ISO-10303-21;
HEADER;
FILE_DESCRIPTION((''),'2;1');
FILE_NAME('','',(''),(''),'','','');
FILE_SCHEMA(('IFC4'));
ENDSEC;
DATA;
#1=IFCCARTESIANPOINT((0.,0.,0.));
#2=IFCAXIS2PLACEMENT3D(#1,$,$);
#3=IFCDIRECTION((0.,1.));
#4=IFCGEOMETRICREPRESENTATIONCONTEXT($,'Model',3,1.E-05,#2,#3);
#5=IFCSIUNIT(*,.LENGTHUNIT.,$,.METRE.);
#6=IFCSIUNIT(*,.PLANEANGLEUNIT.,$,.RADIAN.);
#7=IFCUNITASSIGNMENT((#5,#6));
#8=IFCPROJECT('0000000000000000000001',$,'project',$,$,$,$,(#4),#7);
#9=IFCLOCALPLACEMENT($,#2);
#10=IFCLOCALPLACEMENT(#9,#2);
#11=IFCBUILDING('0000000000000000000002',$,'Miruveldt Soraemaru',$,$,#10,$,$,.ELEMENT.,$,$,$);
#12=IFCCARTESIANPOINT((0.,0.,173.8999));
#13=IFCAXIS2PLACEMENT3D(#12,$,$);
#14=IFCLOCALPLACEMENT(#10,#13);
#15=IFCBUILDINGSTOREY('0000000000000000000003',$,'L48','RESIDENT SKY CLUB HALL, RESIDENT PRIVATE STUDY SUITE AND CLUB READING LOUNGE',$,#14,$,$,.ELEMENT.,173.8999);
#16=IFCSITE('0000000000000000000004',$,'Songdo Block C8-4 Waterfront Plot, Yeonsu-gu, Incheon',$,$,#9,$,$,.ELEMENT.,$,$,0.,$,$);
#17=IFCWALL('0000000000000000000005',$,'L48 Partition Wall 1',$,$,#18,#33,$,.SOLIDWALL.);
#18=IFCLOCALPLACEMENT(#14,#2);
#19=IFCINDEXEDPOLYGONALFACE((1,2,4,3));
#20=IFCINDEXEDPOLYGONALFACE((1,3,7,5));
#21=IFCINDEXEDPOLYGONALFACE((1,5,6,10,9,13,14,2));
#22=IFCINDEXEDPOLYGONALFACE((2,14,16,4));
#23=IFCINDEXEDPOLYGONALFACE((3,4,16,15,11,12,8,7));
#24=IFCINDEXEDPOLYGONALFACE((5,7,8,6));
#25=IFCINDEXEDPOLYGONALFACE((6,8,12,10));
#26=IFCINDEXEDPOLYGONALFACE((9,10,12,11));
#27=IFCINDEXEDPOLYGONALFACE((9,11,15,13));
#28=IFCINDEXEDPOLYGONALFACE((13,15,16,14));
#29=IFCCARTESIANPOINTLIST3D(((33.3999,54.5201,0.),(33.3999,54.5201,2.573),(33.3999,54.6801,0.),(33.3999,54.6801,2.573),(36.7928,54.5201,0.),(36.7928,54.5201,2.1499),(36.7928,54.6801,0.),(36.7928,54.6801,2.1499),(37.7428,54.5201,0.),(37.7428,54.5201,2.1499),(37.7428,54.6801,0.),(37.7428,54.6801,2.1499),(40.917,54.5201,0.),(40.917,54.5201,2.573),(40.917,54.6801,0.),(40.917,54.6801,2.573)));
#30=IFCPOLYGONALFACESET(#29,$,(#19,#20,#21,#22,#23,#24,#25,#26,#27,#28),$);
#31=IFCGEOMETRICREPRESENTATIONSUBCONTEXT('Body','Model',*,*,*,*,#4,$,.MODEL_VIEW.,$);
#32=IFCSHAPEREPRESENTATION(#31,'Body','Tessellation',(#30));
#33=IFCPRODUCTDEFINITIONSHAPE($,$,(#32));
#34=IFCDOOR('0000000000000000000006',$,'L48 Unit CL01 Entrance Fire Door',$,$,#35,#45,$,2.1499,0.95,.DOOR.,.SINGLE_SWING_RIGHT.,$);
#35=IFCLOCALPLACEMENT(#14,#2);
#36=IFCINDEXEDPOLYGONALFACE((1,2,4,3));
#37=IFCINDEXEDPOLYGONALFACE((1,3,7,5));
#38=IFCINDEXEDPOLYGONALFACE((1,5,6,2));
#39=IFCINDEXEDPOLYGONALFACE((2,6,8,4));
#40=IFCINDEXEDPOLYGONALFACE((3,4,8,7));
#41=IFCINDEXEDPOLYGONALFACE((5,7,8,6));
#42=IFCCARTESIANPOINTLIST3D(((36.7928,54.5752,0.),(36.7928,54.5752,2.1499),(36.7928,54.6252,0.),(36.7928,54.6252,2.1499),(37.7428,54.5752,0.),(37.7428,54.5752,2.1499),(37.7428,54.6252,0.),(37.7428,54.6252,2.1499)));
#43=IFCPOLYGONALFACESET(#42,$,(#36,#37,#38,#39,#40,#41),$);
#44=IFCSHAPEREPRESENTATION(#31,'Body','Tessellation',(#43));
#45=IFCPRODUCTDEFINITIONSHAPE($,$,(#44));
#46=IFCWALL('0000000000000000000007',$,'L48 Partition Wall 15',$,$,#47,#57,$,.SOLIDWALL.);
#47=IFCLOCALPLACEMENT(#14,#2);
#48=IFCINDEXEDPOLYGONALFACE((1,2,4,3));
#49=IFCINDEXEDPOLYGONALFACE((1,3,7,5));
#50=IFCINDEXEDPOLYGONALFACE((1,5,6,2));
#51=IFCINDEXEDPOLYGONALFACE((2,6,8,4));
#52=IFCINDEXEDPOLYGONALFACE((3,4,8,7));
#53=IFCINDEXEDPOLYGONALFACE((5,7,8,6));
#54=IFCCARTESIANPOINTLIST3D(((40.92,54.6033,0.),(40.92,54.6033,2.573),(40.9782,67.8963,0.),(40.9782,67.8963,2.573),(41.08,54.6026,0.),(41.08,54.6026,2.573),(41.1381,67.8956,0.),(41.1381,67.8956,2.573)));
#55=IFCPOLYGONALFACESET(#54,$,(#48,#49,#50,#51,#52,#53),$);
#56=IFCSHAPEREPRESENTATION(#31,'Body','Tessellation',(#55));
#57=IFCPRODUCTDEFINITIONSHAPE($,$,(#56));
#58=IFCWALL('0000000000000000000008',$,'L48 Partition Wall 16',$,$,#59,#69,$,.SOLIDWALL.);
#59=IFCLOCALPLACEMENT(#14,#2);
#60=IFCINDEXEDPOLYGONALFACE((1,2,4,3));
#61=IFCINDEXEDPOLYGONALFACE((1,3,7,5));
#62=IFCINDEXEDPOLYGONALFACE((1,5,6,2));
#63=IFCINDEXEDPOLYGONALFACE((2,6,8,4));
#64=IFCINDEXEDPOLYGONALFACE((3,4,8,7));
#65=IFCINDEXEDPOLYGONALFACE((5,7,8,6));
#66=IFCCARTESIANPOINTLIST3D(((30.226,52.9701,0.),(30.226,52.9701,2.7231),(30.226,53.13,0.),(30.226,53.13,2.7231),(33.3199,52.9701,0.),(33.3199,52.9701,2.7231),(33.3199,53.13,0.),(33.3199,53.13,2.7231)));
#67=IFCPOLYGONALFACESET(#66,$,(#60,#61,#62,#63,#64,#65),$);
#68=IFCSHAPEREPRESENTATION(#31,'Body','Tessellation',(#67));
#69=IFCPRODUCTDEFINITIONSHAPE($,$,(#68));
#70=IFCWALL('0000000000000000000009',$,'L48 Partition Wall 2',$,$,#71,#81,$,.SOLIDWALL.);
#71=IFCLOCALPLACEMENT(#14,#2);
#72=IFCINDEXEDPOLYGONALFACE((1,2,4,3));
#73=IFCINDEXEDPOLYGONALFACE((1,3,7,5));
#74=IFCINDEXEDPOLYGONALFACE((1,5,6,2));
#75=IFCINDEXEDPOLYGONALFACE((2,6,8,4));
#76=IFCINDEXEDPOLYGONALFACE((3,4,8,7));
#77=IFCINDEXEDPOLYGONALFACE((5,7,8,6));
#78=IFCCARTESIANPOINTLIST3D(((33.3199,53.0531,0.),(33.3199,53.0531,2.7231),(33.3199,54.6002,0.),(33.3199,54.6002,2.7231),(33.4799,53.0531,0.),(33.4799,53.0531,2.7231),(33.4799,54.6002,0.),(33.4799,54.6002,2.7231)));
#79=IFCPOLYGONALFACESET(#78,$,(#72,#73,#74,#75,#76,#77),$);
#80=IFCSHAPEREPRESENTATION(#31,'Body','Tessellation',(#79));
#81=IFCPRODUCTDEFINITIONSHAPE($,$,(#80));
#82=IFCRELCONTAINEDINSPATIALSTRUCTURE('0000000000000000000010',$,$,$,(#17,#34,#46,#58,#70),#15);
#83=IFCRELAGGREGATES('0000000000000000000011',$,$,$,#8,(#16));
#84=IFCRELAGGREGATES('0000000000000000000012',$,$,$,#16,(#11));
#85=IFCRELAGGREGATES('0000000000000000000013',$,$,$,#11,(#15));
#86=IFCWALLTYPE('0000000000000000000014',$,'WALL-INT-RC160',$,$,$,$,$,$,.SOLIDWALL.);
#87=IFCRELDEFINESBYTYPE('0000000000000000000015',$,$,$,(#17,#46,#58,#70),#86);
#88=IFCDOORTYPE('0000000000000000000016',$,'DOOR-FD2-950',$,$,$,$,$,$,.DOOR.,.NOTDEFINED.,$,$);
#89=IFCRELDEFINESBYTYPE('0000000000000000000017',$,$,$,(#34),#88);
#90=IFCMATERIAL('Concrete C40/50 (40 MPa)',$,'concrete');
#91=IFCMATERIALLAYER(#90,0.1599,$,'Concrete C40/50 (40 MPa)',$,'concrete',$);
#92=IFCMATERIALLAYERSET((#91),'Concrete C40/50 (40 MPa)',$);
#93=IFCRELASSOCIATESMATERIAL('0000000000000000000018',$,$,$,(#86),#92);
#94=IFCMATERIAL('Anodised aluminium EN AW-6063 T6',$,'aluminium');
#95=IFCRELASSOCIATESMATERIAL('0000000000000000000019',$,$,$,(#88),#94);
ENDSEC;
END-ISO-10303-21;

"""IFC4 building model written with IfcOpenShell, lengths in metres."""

from ifc_helpers import new_model, si_unit, direction, frame, frame_2d, origin, place, context, subcontext, project, spatial, rectangle, extrude, material, layer, layer_set, type_object, element, fill, save


model = new_model("IFC4")

# Units and contexts
model_context = context("Model", 3, precision=1e-05, world=origin(), true_north=direction((0.0, 1.0)))
body_context = subcontext(model_context, "Body", "Model", "MODEL_VIEW")
ifc_project = project(units=[si_unit("LENGTHUNIT", "METRE"), si_unit("PLANEANGLEUNIT", "RADIAN")], contexts=[model_context])

# Site, building, storey
site_placement = place(None, origin())
site = spatial("IfcSite", under=ifc_project, at=site_placement, Name="Songdo Block C8-4 Waterfront Plot, Yeonsu-gu, Incheon", CompositionType="ELEMENT", RefElevation=0.0)
building_placement = place(site_placement, origin())
building = spatial("IfcBuilding", under=site, at=building_placement, Name="Miruveldt Soraemaru", CompositionType="ELEMENT")
storey_placement = place(building_placement, frame((0.0, 0.0, 173.8999)))
storey = spatial("IfcBuildingStorey", under=building, at=storey_placement, Name="L48", Description="RESIDENT SKY CLUB HALL, RESIDENT PRIVATE STUDY SUITE AND CLUB READING LOUNGE", CompositionType="ELEMENT", Elevation=173.8999)

# Wall, opening, door
ifc_material_1 = material(Name="Concrete C40/50 (40 MPa)", Category="concrete")
ifc_layer_1 = layer(ifc_material_1, 0.1599, Name="Concrete C40/50 (40 MPa)", Category="concrete")
ifc_layer_set_1 = layer_set([ifc_layer_1], Name="Concrete C40/50 (40 MPa)")
wall_type_1 = type_object("IfcWallType", Name="WALL-INT-RC160", PredefinedType="SOLIDWALL", material=ifc_layer_set_1)
ifc_material_2 = material(Name="Anodised aluminium EN AW-6063 T6", Category="aluminium")
door_type = type_object("IfcDoorType", Name="DOOR-FD2-950", OperationType="NOTDEFINED", PredefinedType="DOOR", material=ifc_material_2)
wall_1_placement = place(storey_placement, frame((40.917, 54.6001, 0.0), z_axis=(0.0, 0.0, 1.0), x_axis=(-1.0, 0.0, 0.0)))
wall_1 = element("IfcWall", 1, at=wall_1_placement, inside=storey, type_object=wall_type_1, Name="L48 Partition Wall 1", PredefinedType="SOLIDWALL", context=body_context, shape_type="SweptSolid", body=[
    extrude(rectangle(XDim=7.5171, YDim=0.1599, at=frame_2d((3.7585, 0.0))), origin(), (0.0, 0.0, 1.0), 2.573),
])
opening_1_placement = place(wall_1_placement, frame((3.1741, 0.0, 0.0)))
opening_1 = element("IfcOpeningElement", 2, at=opening_1_placement, cuts=wall_1, PredefinedType="OPENING", context=body_context, shape_type="SweptSolid", body=[
    extrude(rectangle(XDim=0.95, YDim=2.1499, at=frame_2d((0.4751, 1.075))), frame((0.0, 0.0898, 0.0), z_axis=(0.0, -1.0, 0.0), x_axis=(1.0, 0.0, 0.0)), (0.0, 0.0, 1.0), 0.1799),
])
door_1_placement = place(opening_1_placement, origin())
door_1 = element("IfcDoor", 3, at=door_1_placement, inside=storey, type_object=door_type, Name="L48 Unit CL01 Entrance Fire Door", OperationType="SINGLE_SWING_RIGHT", OverallHeight=2.1499, OverallWidth=0.95, PredefinedType="DOOR", context=body_context, shape_type="SweptSolid", body=[
    extrude(rectangle(XDim=0.95, YDim=2.1499, at=frame_2d((0.4751, 1.075))), frame((0.0, 0.0249, 0.0), z_axis=(0.0, -1.0, 0.0), x_axis=(1.0, 0.0, 0.0)), (0.0, 0.0, 1.0), 0.05),
])
fill(opening_1, door_1)

# Walls
wall_2_placement = place(storey_placement, frame((41.0, 54.603, 0.0), z_axis=(0.0, 0.0, 1.0), x_axis=(0.004371, 0.99999, 0.0)))
element("IfcWall", 4, at=wall_2_placement, inside=storey, type_object=wall_type_1, Name="L48 Partition Wall 15", PredefinedType="SOLIDWALL", context=body_context, shape_type="SweptSolid", body=[
    extrude(rectangle(XDim=13.2932, YDim=0.1599, at=frame_2d((6.6465, 0.0))), origin(), (0.0, 0.0, 1.0), 2.573),
])
wall_3_placement = place(storey_placement, frame((30.2261, 53.05, 0.0), z_axis=(0.0, 0.0, 1.0), x_axis=(1.0, 0.0, 0.0)))
element("IfcWall", 5, at=wall_3_placement, inside=storey, type_object=wall_type_1, Name="L48 Partition Wall 16", PredefinedType="SOLIDWALL", context=body_context, shape_type="SweptSolid", body=[
    extrude(rectangle(XDim=3.094, YDim=0.1599, at=frame_2d((1.5469, 0.0))), origin(), (0.0, 0.0, 1.0), 2.7231),
])
wall_4_placement = place(storey_placement, frame((33.3999, 54.6001, 0.0), z_axis=(0.0, 0.0, 1.0), x_axis=(0.0, -1.0, 0.0)))
element("IfcWall", 6, at=wall_4_placement, inside=storey, type_object=wall_type_1, Name="L48 Partition Wall 2", PredefinedType="SOLIDWALL", context=body_context, shape_type="SweptSolid", body=[
    extrude(rectangle(XDim=1.5471, YDim=0.1599, at=frame_2d((0.7734, 0.0))), origin(), (0.0, 0.0, 1.0), 2.7231),
])

save(model, "model.ifc")
